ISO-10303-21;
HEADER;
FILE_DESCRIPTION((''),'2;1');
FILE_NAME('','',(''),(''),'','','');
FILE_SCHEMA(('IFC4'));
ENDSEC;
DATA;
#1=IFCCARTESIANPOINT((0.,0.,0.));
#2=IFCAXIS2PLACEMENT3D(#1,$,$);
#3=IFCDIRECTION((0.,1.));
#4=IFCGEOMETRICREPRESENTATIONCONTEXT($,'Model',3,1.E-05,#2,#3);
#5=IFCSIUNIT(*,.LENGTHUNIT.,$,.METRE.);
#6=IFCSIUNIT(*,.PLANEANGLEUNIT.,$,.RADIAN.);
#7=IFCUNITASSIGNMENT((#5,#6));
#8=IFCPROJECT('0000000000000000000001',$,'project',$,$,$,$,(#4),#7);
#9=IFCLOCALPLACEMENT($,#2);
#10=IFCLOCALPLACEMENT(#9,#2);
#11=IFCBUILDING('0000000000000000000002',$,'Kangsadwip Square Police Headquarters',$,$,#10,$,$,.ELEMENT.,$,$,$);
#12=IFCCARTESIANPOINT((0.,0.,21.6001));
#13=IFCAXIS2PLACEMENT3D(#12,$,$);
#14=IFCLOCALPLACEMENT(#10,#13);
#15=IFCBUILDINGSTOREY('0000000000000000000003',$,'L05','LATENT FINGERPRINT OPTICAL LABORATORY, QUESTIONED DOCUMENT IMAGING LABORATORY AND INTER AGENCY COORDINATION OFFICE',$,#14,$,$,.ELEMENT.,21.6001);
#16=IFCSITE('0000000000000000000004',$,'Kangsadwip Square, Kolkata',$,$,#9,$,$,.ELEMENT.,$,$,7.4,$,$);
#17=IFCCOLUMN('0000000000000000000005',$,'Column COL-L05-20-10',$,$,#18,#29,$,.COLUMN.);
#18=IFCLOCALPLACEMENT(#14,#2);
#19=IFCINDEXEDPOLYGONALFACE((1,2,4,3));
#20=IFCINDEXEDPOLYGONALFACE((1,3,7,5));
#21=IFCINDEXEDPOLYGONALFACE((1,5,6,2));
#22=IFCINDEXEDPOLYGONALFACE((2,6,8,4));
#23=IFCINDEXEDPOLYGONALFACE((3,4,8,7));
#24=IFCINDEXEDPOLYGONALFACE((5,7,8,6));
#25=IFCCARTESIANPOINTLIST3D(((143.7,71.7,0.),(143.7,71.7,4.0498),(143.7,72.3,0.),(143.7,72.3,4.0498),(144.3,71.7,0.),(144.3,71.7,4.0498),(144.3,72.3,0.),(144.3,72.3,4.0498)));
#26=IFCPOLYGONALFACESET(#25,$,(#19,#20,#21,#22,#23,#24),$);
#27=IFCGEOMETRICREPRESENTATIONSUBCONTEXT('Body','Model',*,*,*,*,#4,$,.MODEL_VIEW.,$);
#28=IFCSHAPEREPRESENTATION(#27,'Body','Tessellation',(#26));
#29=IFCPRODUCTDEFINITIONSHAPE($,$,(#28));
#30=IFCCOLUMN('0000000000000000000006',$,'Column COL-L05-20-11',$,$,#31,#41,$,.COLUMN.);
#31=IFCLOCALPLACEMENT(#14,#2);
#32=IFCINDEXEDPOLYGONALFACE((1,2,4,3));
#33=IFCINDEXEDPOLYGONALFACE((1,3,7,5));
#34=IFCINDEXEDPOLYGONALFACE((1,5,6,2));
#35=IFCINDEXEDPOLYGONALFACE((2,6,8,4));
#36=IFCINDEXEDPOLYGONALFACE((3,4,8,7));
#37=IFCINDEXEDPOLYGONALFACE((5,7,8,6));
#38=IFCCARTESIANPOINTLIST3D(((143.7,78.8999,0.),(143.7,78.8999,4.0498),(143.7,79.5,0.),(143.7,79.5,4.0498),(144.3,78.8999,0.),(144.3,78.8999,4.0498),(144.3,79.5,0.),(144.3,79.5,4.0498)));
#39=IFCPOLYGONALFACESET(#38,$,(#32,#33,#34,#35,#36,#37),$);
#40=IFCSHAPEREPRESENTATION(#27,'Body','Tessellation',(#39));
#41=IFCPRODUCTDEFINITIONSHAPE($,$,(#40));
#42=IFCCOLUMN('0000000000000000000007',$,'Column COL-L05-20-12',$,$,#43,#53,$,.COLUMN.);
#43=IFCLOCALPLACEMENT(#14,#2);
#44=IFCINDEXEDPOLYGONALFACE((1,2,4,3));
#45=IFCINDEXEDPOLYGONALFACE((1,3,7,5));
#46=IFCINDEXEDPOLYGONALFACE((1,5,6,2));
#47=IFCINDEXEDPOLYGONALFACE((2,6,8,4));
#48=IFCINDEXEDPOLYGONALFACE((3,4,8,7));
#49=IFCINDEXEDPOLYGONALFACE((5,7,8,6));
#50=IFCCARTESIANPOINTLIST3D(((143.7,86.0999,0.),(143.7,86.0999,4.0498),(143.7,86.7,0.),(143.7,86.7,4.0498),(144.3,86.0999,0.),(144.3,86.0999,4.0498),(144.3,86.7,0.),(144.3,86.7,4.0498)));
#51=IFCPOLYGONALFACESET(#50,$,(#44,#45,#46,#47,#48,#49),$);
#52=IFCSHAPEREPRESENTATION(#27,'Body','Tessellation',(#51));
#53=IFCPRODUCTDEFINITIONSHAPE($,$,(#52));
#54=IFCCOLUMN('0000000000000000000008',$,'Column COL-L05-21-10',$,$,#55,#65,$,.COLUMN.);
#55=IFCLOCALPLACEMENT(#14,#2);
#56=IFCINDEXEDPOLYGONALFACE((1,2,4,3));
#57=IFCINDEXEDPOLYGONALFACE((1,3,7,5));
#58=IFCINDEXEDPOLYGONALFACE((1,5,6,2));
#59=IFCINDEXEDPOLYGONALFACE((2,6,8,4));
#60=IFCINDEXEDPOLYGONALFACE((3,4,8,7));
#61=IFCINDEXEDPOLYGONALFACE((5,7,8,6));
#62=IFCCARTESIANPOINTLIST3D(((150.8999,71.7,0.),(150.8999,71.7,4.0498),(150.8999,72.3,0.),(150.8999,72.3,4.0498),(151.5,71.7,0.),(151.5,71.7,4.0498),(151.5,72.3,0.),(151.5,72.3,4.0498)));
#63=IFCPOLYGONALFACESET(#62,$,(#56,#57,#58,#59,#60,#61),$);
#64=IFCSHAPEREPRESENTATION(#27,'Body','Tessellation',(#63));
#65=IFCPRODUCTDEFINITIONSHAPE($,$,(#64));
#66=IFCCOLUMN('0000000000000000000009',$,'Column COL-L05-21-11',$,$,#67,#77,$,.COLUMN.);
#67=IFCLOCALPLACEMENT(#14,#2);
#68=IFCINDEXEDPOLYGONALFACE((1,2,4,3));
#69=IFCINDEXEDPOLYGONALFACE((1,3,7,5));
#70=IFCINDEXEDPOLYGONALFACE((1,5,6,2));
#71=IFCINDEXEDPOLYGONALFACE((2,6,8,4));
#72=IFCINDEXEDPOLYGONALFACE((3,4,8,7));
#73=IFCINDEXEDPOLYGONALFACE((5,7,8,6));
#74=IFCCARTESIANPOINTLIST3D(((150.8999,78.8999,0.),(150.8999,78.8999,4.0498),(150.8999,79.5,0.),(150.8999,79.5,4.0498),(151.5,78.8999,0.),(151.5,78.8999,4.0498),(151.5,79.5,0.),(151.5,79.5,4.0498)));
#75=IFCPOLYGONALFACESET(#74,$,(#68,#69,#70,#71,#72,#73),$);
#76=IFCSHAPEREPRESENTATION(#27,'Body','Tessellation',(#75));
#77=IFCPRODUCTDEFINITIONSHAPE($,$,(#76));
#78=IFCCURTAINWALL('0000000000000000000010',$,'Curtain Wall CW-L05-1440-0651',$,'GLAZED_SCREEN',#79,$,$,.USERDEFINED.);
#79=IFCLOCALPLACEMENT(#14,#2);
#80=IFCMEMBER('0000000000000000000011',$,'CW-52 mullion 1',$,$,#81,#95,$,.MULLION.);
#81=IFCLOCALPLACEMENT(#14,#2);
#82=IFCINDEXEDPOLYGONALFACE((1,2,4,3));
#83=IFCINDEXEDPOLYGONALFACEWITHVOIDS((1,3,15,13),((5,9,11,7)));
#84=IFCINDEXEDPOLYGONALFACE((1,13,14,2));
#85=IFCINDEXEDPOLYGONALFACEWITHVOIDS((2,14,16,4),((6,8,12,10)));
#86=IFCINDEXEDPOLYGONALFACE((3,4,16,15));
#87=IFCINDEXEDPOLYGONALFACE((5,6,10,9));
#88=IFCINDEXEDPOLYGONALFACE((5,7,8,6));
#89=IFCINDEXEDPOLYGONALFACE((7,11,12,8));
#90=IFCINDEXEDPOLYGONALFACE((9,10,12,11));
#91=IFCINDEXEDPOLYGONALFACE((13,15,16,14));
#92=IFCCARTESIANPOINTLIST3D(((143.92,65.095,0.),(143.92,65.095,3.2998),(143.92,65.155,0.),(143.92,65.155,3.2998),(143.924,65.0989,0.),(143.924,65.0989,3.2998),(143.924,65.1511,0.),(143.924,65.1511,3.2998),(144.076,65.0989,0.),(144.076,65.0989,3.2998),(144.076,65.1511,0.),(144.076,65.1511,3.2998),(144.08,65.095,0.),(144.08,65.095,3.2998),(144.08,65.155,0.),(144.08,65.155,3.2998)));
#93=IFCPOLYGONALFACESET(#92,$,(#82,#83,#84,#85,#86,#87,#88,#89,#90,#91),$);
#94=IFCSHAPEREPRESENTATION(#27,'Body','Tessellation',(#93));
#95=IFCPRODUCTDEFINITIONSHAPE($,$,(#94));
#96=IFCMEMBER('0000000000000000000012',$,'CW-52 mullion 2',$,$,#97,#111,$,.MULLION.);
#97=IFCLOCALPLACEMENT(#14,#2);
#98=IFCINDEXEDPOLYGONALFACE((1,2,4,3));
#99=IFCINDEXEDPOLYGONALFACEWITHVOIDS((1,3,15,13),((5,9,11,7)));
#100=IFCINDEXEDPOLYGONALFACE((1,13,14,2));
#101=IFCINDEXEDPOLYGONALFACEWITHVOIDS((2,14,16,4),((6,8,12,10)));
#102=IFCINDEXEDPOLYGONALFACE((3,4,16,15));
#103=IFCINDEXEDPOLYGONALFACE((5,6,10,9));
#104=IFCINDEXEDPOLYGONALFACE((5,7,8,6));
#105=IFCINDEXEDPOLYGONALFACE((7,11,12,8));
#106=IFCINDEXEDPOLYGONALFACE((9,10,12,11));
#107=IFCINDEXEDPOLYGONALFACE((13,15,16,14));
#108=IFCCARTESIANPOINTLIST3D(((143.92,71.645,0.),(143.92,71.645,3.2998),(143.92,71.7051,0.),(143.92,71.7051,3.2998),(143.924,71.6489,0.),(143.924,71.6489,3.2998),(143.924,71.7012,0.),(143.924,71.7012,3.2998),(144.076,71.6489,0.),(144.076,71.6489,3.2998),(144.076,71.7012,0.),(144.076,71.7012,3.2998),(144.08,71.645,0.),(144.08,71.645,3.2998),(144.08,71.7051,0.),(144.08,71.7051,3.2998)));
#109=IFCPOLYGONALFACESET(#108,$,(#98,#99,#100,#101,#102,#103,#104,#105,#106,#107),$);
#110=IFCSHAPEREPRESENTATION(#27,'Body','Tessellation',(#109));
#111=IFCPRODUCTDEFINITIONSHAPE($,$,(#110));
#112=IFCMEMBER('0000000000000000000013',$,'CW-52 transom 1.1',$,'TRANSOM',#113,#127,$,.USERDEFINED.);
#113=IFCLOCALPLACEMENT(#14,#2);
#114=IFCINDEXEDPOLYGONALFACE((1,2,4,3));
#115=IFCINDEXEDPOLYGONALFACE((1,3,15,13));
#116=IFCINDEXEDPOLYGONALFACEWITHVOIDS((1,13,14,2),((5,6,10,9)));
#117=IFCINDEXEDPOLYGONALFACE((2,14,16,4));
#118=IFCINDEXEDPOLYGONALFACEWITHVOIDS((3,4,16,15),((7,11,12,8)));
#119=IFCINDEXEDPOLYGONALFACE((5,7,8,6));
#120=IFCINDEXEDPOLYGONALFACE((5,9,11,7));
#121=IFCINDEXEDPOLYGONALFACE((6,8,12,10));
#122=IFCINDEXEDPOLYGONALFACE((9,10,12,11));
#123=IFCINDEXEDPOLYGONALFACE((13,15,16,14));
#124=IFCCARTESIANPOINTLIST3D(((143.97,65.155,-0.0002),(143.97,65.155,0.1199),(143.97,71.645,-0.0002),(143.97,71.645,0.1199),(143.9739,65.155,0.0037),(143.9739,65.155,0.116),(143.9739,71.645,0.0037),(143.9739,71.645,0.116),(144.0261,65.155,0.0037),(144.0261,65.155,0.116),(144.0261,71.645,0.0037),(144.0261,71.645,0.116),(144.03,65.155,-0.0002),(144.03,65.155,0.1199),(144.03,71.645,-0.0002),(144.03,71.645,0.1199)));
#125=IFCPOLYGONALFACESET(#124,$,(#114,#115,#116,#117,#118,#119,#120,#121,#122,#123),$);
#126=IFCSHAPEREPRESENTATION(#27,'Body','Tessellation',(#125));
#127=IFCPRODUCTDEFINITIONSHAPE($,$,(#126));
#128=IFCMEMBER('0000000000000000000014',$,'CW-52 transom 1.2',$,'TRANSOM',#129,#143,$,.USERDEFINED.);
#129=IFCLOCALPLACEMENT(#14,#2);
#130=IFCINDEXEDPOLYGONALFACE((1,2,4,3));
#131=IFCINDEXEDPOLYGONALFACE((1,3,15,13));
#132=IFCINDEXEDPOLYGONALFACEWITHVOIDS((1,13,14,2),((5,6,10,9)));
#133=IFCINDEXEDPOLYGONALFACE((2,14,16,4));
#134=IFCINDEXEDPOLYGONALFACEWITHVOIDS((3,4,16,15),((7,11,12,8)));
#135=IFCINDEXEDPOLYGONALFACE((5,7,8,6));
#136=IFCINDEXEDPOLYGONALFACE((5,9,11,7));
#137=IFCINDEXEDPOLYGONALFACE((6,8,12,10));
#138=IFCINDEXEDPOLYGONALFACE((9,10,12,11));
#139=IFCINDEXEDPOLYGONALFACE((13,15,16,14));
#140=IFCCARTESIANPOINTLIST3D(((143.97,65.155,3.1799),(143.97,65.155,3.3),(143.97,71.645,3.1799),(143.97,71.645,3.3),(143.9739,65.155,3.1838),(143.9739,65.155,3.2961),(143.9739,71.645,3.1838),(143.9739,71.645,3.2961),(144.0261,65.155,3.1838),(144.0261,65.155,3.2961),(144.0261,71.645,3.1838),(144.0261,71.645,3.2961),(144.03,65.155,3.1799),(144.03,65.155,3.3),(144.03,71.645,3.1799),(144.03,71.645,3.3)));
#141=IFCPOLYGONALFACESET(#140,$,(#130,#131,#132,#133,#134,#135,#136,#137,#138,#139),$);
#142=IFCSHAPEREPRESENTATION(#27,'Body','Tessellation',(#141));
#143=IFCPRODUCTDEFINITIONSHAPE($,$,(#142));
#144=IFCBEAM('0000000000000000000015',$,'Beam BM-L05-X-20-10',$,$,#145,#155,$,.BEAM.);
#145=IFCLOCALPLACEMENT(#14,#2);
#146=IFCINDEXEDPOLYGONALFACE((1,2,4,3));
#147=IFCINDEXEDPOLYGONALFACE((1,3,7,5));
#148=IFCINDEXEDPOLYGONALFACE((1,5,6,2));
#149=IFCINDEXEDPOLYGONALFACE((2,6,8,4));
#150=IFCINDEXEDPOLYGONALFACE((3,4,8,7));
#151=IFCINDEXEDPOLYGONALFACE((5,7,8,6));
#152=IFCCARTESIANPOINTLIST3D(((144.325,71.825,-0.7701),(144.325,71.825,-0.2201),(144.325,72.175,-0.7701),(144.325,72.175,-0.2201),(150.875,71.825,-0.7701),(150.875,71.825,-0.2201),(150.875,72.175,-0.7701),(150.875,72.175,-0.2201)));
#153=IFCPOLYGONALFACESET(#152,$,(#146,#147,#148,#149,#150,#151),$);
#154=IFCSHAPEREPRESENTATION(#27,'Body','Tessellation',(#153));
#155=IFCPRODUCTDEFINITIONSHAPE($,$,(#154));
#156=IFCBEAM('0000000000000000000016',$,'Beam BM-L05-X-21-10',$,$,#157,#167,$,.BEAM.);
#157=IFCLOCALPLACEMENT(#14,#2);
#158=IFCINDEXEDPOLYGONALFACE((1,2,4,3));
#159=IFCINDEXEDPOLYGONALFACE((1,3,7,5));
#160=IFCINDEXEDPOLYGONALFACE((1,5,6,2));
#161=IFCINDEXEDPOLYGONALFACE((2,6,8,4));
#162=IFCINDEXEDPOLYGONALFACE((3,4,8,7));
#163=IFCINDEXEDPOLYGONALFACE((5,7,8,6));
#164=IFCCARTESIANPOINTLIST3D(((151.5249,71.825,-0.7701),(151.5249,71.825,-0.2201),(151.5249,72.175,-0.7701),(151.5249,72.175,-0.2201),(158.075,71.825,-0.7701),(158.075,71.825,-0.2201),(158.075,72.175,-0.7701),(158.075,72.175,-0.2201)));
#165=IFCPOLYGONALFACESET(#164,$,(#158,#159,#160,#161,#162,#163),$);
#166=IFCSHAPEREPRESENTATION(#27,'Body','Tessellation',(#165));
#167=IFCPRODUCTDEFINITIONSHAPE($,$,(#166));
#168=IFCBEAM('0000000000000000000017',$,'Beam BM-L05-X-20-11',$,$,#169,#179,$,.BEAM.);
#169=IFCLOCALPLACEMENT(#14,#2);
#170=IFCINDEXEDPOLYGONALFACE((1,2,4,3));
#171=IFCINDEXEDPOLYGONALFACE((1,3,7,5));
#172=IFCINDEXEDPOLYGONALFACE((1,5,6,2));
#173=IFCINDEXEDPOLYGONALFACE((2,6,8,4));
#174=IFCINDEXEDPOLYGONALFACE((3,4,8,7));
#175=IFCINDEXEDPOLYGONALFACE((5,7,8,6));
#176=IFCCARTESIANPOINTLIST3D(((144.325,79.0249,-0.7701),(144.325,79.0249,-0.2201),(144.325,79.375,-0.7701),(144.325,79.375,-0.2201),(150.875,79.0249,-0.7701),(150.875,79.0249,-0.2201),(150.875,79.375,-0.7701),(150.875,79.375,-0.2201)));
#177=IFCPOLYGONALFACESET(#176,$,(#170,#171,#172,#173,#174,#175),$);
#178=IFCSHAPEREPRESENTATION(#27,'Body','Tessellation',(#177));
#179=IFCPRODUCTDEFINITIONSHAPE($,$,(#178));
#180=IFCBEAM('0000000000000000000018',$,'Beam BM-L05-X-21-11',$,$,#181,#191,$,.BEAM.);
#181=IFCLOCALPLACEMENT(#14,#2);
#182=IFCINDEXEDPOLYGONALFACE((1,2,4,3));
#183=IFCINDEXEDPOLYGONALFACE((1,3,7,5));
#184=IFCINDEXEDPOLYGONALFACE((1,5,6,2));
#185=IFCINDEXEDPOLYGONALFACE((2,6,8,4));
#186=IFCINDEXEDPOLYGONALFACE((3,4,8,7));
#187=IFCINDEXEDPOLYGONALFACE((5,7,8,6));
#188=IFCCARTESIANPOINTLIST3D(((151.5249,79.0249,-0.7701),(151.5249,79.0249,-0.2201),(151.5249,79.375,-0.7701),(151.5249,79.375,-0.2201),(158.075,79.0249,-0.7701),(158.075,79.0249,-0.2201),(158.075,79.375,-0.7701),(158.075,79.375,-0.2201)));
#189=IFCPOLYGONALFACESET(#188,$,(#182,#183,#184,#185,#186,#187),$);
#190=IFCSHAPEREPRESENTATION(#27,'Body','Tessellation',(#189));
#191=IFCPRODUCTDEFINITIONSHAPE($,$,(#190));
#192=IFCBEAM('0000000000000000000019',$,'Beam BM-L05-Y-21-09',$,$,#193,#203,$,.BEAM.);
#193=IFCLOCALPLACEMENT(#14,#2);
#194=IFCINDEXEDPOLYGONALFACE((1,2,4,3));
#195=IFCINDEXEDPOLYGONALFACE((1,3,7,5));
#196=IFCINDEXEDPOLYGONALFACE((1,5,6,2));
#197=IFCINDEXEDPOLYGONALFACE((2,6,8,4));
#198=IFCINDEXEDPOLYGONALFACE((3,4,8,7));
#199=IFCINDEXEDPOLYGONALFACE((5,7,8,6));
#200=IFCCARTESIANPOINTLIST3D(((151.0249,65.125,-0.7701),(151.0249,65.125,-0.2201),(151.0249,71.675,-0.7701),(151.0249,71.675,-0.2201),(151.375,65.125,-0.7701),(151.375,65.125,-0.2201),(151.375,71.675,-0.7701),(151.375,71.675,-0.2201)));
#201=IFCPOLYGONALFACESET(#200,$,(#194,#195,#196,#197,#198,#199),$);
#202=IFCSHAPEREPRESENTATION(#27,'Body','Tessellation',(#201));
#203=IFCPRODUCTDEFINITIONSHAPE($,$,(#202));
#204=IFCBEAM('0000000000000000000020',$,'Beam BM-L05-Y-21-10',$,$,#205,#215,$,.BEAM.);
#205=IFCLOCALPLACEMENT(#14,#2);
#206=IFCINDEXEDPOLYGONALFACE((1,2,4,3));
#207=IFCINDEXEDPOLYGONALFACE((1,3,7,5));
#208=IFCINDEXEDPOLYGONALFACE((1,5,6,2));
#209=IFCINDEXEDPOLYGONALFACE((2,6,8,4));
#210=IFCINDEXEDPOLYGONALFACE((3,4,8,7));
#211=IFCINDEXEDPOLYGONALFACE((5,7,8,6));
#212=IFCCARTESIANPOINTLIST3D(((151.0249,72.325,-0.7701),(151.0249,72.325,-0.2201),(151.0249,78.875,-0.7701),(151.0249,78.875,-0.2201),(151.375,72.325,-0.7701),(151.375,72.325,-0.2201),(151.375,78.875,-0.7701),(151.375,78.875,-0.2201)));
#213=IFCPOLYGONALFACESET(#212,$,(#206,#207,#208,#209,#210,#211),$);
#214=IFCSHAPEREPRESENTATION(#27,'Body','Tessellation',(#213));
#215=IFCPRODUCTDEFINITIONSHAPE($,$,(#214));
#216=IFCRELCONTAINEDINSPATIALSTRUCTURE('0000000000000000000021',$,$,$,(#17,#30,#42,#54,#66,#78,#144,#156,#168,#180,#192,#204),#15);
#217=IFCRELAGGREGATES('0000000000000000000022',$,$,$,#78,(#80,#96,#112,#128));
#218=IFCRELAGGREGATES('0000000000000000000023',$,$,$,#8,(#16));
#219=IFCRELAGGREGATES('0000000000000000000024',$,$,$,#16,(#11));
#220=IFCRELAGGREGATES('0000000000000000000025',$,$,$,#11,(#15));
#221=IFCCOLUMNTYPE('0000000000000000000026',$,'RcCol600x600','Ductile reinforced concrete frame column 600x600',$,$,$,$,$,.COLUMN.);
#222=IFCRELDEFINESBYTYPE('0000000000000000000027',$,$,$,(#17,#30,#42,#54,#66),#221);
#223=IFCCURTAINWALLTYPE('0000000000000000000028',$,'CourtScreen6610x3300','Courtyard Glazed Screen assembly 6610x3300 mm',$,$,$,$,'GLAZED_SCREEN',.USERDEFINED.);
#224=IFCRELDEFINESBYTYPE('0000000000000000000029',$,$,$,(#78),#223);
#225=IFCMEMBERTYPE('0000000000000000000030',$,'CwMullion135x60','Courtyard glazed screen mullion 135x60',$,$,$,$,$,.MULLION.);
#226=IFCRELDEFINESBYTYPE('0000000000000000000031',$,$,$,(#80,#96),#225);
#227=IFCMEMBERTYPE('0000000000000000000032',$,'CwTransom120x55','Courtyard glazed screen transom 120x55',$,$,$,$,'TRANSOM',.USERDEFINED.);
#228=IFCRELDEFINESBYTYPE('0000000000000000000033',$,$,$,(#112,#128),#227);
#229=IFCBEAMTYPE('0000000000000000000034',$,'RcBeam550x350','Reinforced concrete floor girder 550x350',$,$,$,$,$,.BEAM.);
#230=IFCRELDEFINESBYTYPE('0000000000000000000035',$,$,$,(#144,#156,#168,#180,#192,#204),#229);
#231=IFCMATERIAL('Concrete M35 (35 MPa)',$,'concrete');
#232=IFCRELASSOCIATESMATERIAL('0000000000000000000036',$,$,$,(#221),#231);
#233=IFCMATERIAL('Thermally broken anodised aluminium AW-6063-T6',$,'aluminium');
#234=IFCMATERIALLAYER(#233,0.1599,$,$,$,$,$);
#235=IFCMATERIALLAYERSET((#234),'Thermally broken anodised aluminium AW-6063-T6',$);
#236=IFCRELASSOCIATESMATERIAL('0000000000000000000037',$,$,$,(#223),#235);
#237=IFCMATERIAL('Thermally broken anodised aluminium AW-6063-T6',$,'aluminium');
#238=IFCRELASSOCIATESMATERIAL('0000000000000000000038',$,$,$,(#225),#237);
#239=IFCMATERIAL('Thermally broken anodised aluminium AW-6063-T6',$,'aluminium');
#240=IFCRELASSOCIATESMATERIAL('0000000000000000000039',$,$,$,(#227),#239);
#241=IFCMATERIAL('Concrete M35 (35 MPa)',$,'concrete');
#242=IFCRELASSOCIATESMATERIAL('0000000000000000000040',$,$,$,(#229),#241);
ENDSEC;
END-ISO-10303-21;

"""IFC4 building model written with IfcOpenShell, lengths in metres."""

from ifc_helpers import new_model, si_unit, direction, frame, origin, origin_2d, place, context, subcontext, project, spatial, rectangle, hollow_rectangle, extrude, material, layer, layer_set, material_profile, profile_set, type_object, element, aggregate, save


model = new_model("IFC4")

# Units and contexts
model_context = context("Model", 3, precision=1e-05, world=origin(), true_north=direction((0.0, 1.0)))
body_context = subcontext(model_context, "Body", "Model", "MODEL_VIEW")
ifc_project = project(units=[si_unit("LENGTHUNIT", "METRE"), si_unit("PLANEANGLEUNIT", "RADIAN")], contexts=[model_context])

# Site, building, storey
site_placement = place(None, origin())
site = spatial("IfcSite", under=ifc_project, at=site_placement, Name="Kangsadwip Square, Kolkata", CompositionType="ELEMENT", RefElevation=7.4)
building_placement = place(site_placement, origin())
building = spatial("IfcBuilding", under=site, at=building_placement, Name="Kangsadwip Square Police Headquarters", CompositionType="ELEMENT")
storey_placement = place(building_placement, frame((0.0, 0.0, 21.6001)))
storey = spatial("IfcBuildingStorey", under=building, at=storey_placement, Name="L05", Description="LATENT FINGERPRINT OPTICAL LABORATORY, QUESTIONED DOCUMENT IMAGING LABORATORY AND INTER AGENCY COORDINATION OFFICE", CompositionType="ELEMENT", Elevation=21.6001)

# Columns
ifc_material_1 = material(Name="Concrete M35 (35 MPa)", Category="concrete")
ifc_material_profile_1 = material_profile(ifc_material_1, rectangle(XDim=0.6001, YDim=0.6001, at=origin_2d()), Name="RC COL 600X600")
ifc_profile_set_1 = profile_set([ifc_material_profile_1], Name="Concrete M35 (35 MPa)")
column_type = type_object("IfcColumnType", Name="RcCol600x600", Description="Ductile reinforced concrete frame column 600x600", PredefinedType="COLUMN", material=ifc_profile_set_1)
for number, where, z_axis, x_axis, name in (
    (1, (144.0, 72.0, 0.0), (0.0, 0.0, 1.0), (1.0, 0.0, 0.0), "Column COL-L05-20-10"),
    (2, (144.0, 79.2, 0.0), (0.0, 0.0, 1.0), (1.0, 0.0, 0.0), "Column COL-L05-20-11"),
    (3, (144.0, 86.3999, 0.0), (0.0, 0.0, 1.0), (1.0, 0.0, 0.0), "Column COL-L05-20-12"),
    (4, (151.2, 72.0, 0.0), (0.0, 0.0, 1.0), (1.0, 0.0, 0.0), "Column COL-L05-21-10"),
    (5, (151.2, 79.2, 0.0), (0.0, 0.0, 1.0), (1.0, 0.0, 0.0), "Column COL-L05-21-11"),
):
    element("IfcColumn", number, at=place(storey_placement, frame(where, z_axis=z_axis, x_axis=x_axis)), inside=storey, type_object=column_type, Name=name, PredefinedType="COLUMN", context=body_context, shape_type="SweptSolid", body=[
        extrude(rectangle(XDim=0.6001, YDim=0.6001, at=origin_2d()), origin(), (0.0, 0.0, 1.0), 4.0498),
    ])

# Curtain wall, members
ifc_material_2 = material(Name="Thermally broken anodised aluminium AW-6063-T6", Category="aluminium")
ifc_layer_1 = layer(ifc_material_2, 0.1599)
ifc_layer_set_1 = layer_set([ifc_layer_1], Name="Thermally broken anodised aluminium AW-6063-T6")
curtain_wall_type = type_object("IfcCurtainWallType", Name="CourtScreen6610x3300", Description="Courtyard Glazed Screen assembly 6610x3300 mm", ElementType="GLAZED_SCREEN", PredefinedType="USERDEFINED", material=ifc_layer_set_1)
curtain_wall_placement = place(storey_placement, origin())
curtain_wall = element("IfcCurtainWall", 6, at=curtain_wall_placement, inside=storey, type_object=curtain_wall_type, Name="Curtain Wall CW-L05-1440-0651", ObjectType="GLAZED_SCREEN", PredefinedType="USERDEFINED")
ifc_material_3 = material(Name="Thermally broken anodised aluminium AW-6063-T6", Category="aluminium")
ifc_material_profile_2 = material_profile(ifc_material_3, hollow_rectangle(XDim=0.0601, YDim=0.1599, WallThickness=0.0039, at=origin_2d()), Name="CWM 160X60X4")
ifc_profile_set_2 = profile_set([ifc_material_profile_2], Name="Thermally broken anodised aluminium AW-6063-T6")
member_type_1 = type_object("IfcMemberType", Name="CwMullion135x60", Description="Courtyard glazed screen mullion 135x60", PredefinedType="MULLION", material=ifc_profile_set_2)
member_1_placement = place(storey_placement, frame((144.0, 65.125, 0.0), z_axis=(0.0, 0.0, 1.0), x_axis=(0.0, 1.0, 0.0)))
member_1 = element("IfcMember", 7, at=member_1_placement, type_object=member_type_1, Name="CW-52 mullion 1", PredefinedType="MULLION", context=body_context, shape_type="SweptSolid", body=[
    extrude(hollow_rectangle(XDim=0.0601, YDim=0.1599, WallThickness=0.0039, at=origin_2d()), origin(), (0.0, 0.0, 1.0), 3.2998),
])
member_2_placement = place(storey_placement, frame((144.0, 71.675, 0.0), z_axis=(0.0, 0.0, 1.0), x_axis=(0.0, 1.0, 0.0)))
member_2 = element("IfcMember", 8, at=member_2_placement, type_object=member_type_1, Name="CW-52 mullion 2", PredefinedType="MULLION", context=body_context, shape_type="SweptSolid", body=[
    extrude(hollow_rectangle(XDim=0.0601, YDim=0.1599, WallThickness=0.0039, at=origin_2d()), origin(), (0.0, 0.0, 1.0), 3.2998),
])
ifc_material_4 = material(Name="Thermally broken anodised aluminium AW-6063-T6", Category="aluminium")
ifc_material_profile_3 = material_profile(ifc_material_4, hollow_rectangle(XDim=0.0601, YDim=0.1201, WallThickness=0.0039, at=origin_2d()), Name="CWT 120X60X4")
ifc_profile_set_3 = profile_set([ifc_material_profile_3], Name="Thermally broken anodised aluminium AW-6063-T6")
member_type_2 = type_object("IfcMemberType", Name="CwTransom120x55", Description="Courtyard glazed screen transom 120x55", ElementType="TRANSOM", PredefinedType="USERDEFINED", material=ifc_profile_set_3)
member_3_placement = place(storey_placement, frame((144.0, 65.155, 0.0598), z_axis=(0.0, 1.0, 0.0), x_axis=(-1.0, 0.0, 0.0)))
member_3 = element("IfcMember", 9, at=member_3_placement, type_object=member_type_2, Name="CW-52 transom 1.1", ObjectType="TRANSOM", PredefinedType="USERDEFINED", context=body_context, shape_type="SweptSolid", body=[
    extrude(hollow_rectangle(XDim=0.0601, YDim=0.1201, WallThickness=0.0039, at=origin_2d()), origin(), (0.0, 0.0, 1.0), 6.49),
])
member_4_placement = place(storey_placement, frame((144.0, 65.155, 3.24), z_axis=(0.0, 1.0, 0.0), x_axis=(-1.0, 0.0, 0.0)))
member_4 = element("IfcMember", 10, at=member_4_placement, type_object=member_type_2, Name="CW-52 transom 1.2", ObjectType="TRANSOM", PredefinedType="USERDEFINED", context=body_context, shape_type="SweptSolid", body=[
    extrude(hollow_rectangle(XDim=0.0601, YDim=0.1201, WallThickness=0.0039, at=origin_2d()), origin(), (0.0, 0.0, 1.0), 6.49),
])

# Beams
ifc_material_5 = material(Name="Concrete M35 (35 MPa)", Category="concrete")
ifc_material_profile_4 = material_profile(ifc_material_5, rectangle(XDim=0.3501, YDim=0.55, at=origin_2d()), Name="RC BM 550X350")
ifc_profile_set_4 = profile_set([ifc_material_profile_4], Name="Concrete M35 (35 MPa)")
beam_type_1 = type_object("IfcBeamType", Name="RcBeam550x350", Description="Reinforced concrete floor girder 550x350", PredefinedType="BEAM", material=ifc_profile_set_4)
for number, where, z_axis, x_axis, name in (
    (11, (144.325, 72.0, -0.4951), (1.0, 0.0, 0.0), (0.0, 1.0, 0.0), "Beam BM-L05-X-20-10"),
    (12, (151.5249, 72.0, -0.4951), (1.0, 0.0, 0.0), (0.0, 1.0, 0.0), "Beam BM-L05-X-21-10"),
    (13, (144.325, 79.2, -0.4951), (1.0, 0.0, 0.0), (0.0, 1.0, 0.0), "Beam BM-L05-X-20-11"),
    (14, (151.5249, 79.2, -0.4951), (1.0, 0.0, 0.0), (0.0, 1.0, 0.0), "Beam BM-L05-X-21-11"),
    (15, (151.2, 65.125, -0.4951), (0.0, 1.0, 0.0), (-1.0, 0.0, 0.0), "Beam BM-L05-Y-21-09"),
    (16, (151.2, 72.325, -0.4951), (0.0, 1.0, 0.0), (-1.0, 0.0, 0.0), "Beam BM-L05-Y-21-10"),
):
    element("IfcBeam", number, at=place(storey_placement, frame(where, z_axis=z_axis, x_axis=x_axis)), inside=storey, type_object=beam_type_1, Name=name, PredefinedType="BEAM", context=body_context, shape_type="SweptSolid", body=[
        extrude(rectangle(XDim=0.3501, YDim=0.55, at=origin_2d()), origin(), (0.0, 0.0, 1.0), 6.55),
    ])

aggregate(curtain_wall, [member_1, member_2, member_3, member_4])

save(model, "model.ifc")
